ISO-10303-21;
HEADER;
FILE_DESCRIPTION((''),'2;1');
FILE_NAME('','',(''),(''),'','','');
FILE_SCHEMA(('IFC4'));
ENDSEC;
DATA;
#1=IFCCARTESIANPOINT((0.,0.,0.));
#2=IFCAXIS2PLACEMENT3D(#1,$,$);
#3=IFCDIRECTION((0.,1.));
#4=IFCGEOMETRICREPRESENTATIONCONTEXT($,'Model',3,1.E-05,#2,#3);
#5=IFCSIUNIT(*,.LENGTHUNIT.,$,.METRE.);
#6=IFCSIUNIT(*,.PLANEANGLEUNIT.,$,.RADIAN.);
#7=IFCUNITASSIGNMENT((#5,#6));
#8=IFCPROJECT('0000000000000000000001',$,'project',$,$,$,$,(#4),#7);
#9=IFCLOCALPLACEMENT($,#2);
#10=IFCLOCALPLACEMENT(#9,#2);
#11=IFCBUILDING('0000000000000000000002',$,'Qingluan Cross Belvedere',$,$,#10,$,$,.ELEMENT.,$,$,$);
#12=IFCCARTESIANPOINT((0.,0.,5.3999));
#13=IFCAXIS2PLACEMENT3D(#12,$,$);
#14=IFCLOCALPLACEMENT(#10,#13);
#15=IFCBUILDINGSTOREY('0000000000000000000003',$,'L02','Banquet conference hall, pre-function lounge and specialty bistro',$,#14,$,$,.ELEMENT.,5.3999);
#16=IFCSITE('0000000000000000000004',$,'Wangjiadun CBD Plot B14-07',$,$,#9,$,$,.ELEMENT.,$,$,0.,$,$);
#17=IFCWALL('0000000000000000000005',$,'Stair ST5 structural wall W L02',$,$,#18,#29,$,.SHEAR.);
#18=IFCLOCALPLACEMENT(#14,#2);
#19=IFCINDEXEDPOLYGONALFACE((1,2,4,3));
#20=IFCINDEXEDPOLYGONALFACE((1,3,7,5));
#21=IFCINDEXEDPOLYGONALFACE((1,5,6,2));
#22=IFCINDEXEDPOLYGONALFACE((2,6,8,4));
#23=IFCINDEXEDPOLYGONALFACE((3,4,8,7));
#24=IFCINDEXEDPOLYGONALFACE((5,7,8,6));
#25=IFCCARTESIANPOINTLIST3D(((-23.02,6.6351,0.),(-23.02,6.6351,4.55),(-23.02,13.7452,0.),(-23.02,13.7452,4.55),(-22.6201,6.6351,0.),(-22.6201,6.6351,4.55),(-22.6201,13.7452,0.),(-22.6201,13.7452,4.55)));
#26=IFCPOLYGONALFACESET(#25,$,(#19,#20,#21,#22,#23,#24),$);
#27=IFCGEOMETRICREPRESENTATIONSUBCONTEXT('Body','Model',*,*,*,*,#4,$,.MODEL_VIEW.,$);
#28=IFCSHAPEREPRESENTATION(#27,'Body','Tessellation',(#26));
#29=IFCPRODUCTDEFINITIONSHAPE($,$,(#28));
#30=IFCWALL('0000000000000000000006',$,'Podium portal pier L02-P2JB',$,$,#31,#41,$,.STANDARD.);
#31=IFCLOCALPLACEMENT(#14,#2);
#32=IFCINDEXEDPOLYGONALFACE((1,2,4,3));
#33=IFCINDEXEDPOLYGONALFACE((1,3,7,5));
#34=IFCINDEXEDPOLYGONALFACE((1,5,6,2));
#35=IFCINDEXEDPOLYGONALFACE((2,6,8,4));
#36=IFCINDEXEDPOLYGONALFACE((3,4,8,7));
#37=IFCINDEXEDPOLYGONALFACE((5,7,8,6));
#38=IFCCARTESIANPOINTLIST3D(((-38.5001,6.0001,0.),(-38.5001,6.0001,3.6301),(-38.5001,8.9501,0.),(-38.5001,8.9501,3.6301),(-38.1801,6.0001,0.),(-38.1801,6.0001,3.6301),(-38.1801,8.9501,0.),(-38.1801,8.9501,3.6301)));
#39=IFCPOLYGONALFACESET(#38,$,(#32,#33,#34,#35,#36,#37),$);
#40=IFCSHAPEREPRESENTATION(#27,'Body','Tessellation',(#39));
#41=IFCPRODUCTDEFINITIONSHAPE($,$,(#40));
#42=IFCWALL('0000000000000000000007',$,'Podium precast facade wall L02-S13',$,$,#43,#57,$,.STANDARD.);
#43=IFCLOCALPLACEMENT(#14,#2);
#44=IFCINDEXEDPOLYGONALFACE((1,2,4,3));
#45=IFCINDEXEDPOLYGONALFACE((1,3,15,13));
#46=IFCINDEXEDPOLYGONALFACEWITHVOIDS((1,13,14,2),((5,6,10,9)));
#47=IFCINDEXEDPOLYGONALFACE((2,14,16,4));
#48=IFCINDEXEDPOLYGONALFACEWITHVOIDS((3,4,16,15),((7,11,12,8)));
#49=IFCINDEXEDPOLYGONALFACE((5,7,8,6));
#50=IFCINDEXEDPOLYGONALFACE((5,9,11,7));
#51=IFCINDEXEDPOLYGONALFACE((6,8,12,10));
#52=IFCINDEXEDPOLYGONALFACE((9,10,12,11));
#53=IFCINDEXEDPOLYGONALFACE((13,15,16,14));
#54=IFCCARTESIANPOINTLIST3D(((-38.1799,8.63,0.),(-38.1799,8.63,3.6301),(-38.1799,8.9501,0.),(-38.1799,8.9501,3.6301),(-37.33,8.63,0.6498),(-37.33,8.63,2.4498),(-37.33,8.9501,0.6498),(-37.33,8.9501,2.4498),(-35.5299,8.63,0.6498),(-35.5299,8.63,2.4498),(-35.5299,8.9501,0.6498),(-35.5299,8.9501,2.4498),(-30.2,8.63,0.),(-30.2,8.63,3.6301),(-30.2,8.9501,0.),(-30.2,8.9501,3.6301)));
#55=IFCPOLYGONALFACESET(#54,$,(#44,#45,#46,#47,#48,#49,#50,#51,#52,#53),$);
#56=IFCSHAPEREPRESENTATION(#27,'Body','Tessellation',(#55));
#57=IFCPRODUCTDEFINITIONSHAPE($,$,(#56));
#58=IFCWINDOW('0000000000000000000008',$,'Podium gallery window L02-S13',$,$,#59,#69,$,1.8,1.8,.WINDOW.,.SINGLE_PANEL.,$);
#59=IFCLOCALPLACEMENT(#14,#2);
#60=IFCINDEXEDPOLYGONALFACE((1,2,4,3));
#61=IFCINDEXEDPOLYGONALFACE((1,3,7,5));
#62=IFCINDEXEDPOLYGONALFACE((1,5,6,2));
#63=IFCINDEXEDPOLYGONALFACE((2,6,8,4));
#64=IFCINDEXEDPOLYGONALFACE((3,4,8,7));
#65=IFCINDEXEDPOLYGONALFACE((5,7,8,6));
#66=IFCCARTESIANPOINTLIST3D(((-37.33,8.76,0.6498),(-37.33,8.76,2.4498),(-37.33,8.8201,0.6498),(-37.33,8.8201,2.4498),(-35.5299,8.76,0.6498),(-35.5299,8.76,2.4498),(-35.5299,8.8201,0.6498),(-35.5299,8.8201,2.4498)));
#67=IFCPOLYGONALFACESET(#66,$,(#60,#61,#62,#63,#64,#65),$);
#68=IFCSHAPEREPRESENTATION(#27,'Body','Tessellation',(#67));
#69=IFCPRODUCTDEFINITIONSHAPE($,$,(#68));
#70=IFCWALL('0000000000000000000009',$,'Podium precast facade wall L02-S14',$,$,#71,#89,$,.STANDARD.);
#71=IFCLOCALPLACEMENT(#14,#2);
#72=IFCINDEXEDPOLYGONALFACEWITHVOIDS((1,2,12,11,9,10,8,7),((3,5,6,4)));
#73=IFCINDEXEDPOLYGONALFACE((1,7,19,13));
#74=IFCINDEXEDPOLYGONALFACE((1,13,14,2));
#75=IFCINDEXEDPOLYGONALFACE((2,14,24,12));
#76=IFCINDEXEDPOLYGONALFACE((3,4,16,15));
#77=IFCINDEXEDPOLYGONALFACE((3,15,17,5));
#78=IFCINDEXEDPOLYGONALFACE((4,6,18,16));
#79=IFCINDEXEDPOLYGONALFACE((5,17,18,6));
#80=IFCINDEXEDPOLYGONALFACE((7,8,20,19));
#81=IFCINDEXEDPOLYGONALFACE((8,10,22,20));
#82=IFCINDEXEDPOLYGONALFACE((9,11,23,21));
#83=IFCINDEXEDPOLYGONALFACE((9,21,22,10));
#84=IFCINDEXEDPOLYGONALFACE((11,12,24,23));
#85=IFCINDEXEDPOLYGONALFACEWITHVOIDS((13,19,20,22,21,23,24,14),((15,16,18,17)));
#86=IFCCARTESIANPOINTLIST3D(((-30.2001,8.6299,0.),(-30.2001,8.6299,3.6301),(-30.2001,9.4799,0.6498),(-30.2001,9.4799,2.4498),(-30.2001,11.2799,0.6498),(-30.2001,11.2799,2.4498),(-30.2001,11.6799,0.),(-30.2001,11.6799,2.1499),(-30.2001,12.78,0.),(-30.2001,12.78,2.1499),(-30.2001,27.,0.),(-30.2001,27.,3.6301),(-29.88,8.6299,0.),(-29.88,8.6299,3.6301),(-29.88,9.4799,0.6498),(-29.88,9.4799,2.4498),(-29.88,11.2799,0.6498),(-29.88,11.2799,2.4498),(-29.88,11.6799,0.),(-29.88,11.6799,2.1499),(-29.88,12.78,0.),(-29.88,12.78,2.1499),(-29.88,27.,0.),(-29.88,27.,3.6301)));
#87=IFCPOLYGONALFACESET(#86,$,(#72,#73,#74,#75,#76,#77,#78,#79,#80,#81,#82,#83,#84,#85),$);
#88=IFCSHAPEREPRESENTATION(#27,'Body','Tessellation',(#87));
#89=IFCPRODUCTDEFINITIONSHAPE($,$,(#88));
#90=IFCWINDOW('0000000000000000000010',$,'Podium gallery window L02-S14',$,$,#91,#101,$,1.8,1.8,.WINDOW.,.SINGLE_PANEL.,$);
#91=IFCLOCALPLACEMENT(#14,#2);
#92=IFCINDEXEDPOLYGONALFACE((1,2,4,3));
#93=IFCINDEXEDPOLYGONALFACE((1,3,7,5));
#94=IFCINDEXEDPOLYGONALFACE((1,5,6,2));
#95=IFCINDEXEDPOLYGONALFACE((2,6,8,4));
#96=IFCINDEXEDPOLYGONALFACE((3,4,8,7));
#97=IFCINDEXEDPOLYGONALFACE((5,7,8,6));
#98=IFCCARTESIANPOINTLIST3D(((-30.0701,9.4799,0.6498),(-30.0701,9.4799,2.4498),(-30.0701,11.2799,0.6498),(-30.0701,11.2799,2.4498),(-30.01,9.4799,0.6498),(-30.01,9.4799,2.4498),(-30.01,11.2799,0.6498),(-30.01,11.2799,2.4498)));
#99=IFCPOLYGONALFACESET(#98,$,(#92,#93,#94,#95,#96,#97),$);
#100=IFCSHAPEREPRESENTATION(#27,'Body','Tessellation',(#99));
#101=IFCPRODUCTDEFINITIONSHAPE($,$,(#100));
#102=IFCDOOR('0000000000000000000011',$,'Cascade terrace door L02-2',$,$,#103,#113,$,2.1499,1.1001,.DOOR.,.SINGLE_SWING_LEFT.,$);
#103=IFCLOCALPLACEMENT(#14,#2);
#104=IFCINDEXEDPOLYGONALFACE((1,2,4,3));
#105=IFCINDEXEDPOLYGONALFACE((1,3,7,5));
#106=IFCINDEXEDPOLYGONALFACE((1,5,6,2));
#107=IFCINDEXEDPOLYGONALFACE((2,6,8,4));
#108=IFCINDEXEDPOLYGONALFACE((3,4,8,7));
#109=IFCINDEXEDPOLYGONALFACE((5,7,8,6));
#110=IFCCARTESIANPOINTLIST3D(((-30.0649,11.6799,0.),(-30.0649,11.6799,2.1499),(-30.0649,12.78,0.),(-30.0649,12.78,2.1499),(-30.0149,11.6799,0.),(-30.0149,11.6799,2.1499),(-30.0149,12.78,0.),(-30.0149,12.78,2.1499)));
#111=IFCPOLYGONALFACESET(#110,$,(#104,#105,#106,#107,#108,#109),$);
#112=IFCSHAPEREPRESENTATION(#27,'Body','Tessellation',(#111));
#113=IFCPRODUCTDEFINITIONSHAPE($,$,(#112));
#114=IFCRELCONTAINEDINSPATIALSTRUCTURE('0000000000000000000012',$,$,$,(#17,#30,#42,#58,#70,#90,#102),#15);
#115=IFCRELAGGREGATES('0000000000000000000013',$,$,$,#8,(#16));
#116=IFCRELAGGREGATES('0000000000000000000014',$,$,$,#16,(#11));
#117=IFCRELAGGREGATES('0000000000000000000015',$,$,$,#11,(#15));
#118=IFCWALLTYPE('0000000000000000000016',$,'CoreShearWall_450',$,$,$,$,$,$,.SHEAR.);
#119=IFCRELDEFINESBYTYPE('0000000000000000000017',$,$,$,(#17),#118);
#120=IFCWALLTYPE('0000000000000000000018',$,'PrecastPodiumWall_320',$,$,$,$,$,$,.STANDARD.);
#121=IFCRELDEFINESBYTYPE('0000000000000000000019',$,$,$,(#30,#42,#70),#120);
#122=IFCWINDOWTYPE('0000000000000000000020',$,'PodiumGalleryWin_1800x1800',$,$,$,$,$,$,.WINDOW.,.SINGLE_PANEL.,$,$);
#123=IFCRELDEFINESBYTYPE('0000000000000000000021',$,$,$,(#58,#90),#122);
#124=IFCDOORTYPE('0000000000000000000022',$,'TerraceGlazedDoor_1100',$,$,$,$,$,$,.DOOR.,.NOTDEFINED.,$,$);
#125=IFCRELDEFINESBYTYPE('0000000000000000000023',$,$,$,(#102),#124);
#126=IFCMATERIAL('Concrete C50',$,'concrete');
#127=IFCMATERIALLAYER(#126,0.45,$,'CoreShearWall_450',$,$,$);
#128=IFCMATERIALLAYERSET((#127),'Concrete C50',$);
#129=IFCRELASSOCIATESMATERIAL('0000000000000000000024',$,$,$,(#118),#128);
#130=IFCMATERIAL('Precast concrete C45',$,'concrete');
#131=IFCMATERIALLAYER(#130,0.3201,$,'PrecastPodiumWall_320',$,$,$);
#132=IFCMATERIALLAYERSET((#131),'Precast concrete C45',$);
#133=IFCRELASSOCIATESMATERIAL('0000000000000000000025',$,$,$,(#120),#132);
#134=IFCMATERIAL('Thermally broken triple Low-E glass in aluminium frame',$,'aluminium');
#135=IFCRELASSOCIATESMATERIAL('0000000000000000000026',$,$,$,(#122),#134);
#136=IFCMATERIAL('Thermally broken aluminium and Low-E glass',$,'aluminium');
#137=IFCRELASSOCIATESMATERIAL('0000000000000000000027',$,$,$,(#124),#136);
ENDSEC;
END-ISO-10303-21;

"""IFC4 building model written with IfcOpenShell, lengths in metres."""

from ifc_helpers import new_model, si_unit, direction, frame, frame_2d, origin, place, context, subcontext, project, spatial, rectangle, extrude, material, layer, layer_set, type_object, element, fill, save


model = new_model("IFC4")

# Units and contexts
model_context = context("Model", 3, precision=1e-05, world=origin(), true_north=direction((0.0, 1.0)))
body_context = subcontext(model_context, "Body", "Model", "MODEL_VIEW")
ifc_project = project(units=[si_unit("LENGTHUNIT", "METRE"), si_unit("PLANEANGLEUNIT", "RADIAN")], contexts=[model_context])

# Site, building, storey
site_placement = place(None, origin())
site = spatial("IfcSite", under=ifc_project, at=site_placement, Name="Wangjiadun CBD Plot B14-07", CompositionType="ELEMENT", RefElevation=0.0)
building_placement = place(site_placement, origin())
building = spatial("IfcBuilding", under=site, at=building_placement, Name="Qingluan Cross Belvedere", CompositionType="ELEMENT")
storey_placement = place(building_placement, frame((0.0, 0.0, 5.3999)))
storey = spatial("IfcBuildingStorey", under=building, at=storey_placement, Name="L02", Description="Banquet conference hall, pre-function lounge and specialty bistro", CompositionType="ELEMENT", Elevation=5.3999)

# Shared definitions
ifc_material_1 = material(Name="Concrete C50", Category="concrete")
ifc_layer_1 = layer(ifc_material_1, 0.45, Name="CoreShearWall_450")
ifc_layer_set_1 = layer_set([ifc_layer_1], Name="Concrete C50")
wall_type_1 = type_object("IfcWallType", Name="CoreShearWall_450", PredefinedType="SHEAR", material=ifc_layer_set_1)

# Walls
wall_1_placement = place(storey_placement, frame((-22.8201, 6.635, 0.0), z_axis=(0.0, 0.0, 1.0), x_axis=(0.0, 1.0, 0.0)))
element("IfcWall", 1, at=wall_1_placement, inside=storey, type_object=wall_type_1, Name="Stair ST5 structural wall W L02", PredefinedType="SHEAR", context=body_context, shape_type="SweptSolid", body=[
    extrude(rectangle(XDim=7.1101, YDim=0.3999, at=frame_2d((3.5552, 0.0))), origin(), (0.0, 0.0, 1.0), 4.55),
])
ifc_material_2 = material(Name="Precast concrete C45", Category="concrete")
ifc_layer_2 = layer(ifc_material_2, 0.3201, Name="PrecastPodiumWall_320")
ifc_layer_set_2 = layer_set([ifc_layer_2], Name="Precast concrete C45")
wall_type_2 = type_object("IfcWallType", Name="PrecastPodiumWall_320", PredefinedType="STANDARD", material=ifc_layer_set_2)
wall_2_placement = place(storey_placement, frame((-38.3401, 6.0, 0.0), z_axis=(0.0, 0.0, 1.0), x_axis=(0.0, 1.0, 0.0)))
element("IfcWall", 2, at=wall_2_placement, inside=storey, type_object=wall_type_2, Name="Podium portal pier L02-P2JB", PredefinedType="STANDARD", context=body_context, shape_type="SweptSolid", body=[
    extrude(rectangle(XDim=2.95, YDim=0.3201, at=frame_2d((1.4751, 0.0))), origin(), (0.0, 0.0, 1.0), 3.6301),
])

# Wall, opening, window
wall_3_placement = place(storey_placement, frame((-38.1799, 8.79, 0.0), z_axis=(0.0, 0.0, 1.0), x_axis=(1.0, 0.0, 0.0)))
wall_3 = element("IfcWall", 3, at=wall_3_placement, inside=storey, type_object=wall_type_2, Name="Podium precast facade wall L02-S13", PredefinedType="STANDARD", context=body_context, shape_type="SweptSolid", body=[
    extrude(rectangle(XDim=7.98, YDim=0.3201, at=frame_2d((3.99, 0.0))), origin(), (0.0, 0.0, 1.0), 3.6301),
])
opening_1_placement = place(wall_3_placement, frame((0.8501, 0.0, 0.6499)))
opening_1 = element("IfcOpeningElement", 4, at=opening_1_placement, cuts=wall_3, PredefinedType="OPENING", context=body_context, shape_type="SweptSolid", body=[
    extrude(rectangle(XDim=1.8, YDim=1.8, at=frame_2d((0.8999, 0.8999))), frame((0.0, 0.1699, 0.0), z_axis=(0.0, -1.0, 0.0), x_axis=(1.0, 0.0, 0.0)), (0.0, 0.0, 1.0), 0.3401),
])
ifc_material_3 = material(Name="Thermally broken triple Low-E glass in aluminium frame", Category="aluminium")
window_type = type_object("IfcWindowType", Name="PodiumGalleryWin_1800x1800", PartitioningType="SINGLE_PANEL", PredefinedType="WINDOW", material=ifc_material_3)
window_1_placement = place(opening_1_placement, origin())
window_1 = element("IfcWindow", 5, at=window_1_placement, inside=storey, type_object=window_type, Name="Podium gallery window L02-S13", OverallHeight=1.8, OverallWidth=1.8, PartitioningType="SINGLE_PANEL", PredefinedType="WINDOW", context=body_context, shape_type="SweptSolid", body=[
    extrude(rectangle(XDim=1.8, YDim=1.8, at=frame_2d((0.8999, 0.8999))), frame((0.0, 0.03, 0.0), z_axis=(0.0, -1.0, 0.0), x_axis=(1.0, 0.0, 0.0)), (0.0, 0.0, 1.0), 0.0601),
])
fill(opening_1, window_1)

# Wall, openings, window, door
wall_4_placement = place(storey_placement, frame((-30.04, 8.6299, 0.0), z_axis=(0.0, 0.0, 1.0), x_axis=(0.0, 1.0, 0.0)))
wall_4 = element("IfcWall", 6, at=wall_4_placement, inside=storey, type_object=wall_type_2, Name="Podium precast facade wall L02-S14", PredefinedType="STANDARD", context=body_context, shape_type="SweptSolid", body=[
    extrude(rectangle(XDim=18.3701, YDim=0.3201, at=frame_2d((9.1851, 0.0))), origin(), (0.0, 0.0, 1.0), 3.6301),
])
opening_2_placement = place(wall_4_placement, frame((0.8501, 0.0, 0.6499)))
opening_2 = element("IfcOpeningElement", 7, at=opening_2_placement, cuts=wall_4, PredefinedType="OPENING", context=body_context, shape_type="SweptSolid", body=[
    extrude(rectangle(XDim=1.8, YDim=1.8, at=frame_2d((0.8999, 0.8999))), frame((0.0, 0.1699, 0.0), z_axis=(0.0, -1.0, 0.0), x_axis=(1.0, 0.0, 0.0)), (0.0, 0.0, 1.0), 0.3401),
])
opening_3_placement = place(wall_4_placement, frame((3.05, 0.0, 0.0)))
opening_3 = element("IfcOpeningElement", 8, at=opening_3_placement, cuts=wall_4, PredefinedType="OPENING", context=body_context, shape_type="SweptSolid", body=[
    extrude(rectangle(XDim=1.1001, YDim=2.1499, at=frame_2d((0.55, 1.075))), frame((0.0, 0.1699, 0.0), z_axis=(0.0, -1.0, 0.0), x_axis=(1.0, 0.0, 0.0)), (0.0, 0.0, 1.0), 0.3401),
])
window_2_placement = place(opening_2_placement, origin())
window_2 = element("IfcWindow", 9, at=window_2_placement, inside=storey, type_object=window_type, Name="Podium gallery window L02-S14", OverallHeight=1.8, OverallWidth=1.8, PartitioningType="SINGLE_PANEL", PredefinedType="WINDOW", context=body_context, shape_type="SweptSolid", body=[
    extrude(rectangle(XDim=1.8, YDim=1.8, at=frame_2d((0.8999, 0.8999))), frame((0.0, 0.03, 0.0), z_axis=(0.0, -1.0, 0.0), x_axis=(1.0, 0.0, 0.0)), (0.0, 0.0, 1.0), 0.0601),
])
fill(opening_2, window_2)
ifc_material_4 = material(Name="Thermally broken aluminium and Low-E glass", Category="aluminium")
door_type_1 = type_object("IfcDoorType", Name="TerraceGlazedDoor_1100", OperationType="NOTDEFINED", PredefinedType="DOOR", material=ifc_material_4)
door_1_placement = place(opening_3_placement, origin())
door_1 = element("IfcDoor", 10, at=door_1_placement, inside=storey, type_object=door_type_1, Name="Cascade terrace door L02-2", OperationType="SINGLE_SWING_LEFT", OverallHeight=2.1499, OverallWidth=1.1001, PredefinedType="DOOR", context=body_context, shape_type="SweptSolid", body=[
    extrude(rectangle(XDim=1.1001, YDim=2.1499, at=frame_2d((0.55, 1.075))), frame((0.0, 0.0249, 0.0), z_axis=(0.0, -1.0, 0.0), x_axis=(1.0, 0.0, 0.0)), (0.0, 0.0, 1.0), 0.05),
])
fill(opening_3, door_1)

save(model, "model.ifc")
